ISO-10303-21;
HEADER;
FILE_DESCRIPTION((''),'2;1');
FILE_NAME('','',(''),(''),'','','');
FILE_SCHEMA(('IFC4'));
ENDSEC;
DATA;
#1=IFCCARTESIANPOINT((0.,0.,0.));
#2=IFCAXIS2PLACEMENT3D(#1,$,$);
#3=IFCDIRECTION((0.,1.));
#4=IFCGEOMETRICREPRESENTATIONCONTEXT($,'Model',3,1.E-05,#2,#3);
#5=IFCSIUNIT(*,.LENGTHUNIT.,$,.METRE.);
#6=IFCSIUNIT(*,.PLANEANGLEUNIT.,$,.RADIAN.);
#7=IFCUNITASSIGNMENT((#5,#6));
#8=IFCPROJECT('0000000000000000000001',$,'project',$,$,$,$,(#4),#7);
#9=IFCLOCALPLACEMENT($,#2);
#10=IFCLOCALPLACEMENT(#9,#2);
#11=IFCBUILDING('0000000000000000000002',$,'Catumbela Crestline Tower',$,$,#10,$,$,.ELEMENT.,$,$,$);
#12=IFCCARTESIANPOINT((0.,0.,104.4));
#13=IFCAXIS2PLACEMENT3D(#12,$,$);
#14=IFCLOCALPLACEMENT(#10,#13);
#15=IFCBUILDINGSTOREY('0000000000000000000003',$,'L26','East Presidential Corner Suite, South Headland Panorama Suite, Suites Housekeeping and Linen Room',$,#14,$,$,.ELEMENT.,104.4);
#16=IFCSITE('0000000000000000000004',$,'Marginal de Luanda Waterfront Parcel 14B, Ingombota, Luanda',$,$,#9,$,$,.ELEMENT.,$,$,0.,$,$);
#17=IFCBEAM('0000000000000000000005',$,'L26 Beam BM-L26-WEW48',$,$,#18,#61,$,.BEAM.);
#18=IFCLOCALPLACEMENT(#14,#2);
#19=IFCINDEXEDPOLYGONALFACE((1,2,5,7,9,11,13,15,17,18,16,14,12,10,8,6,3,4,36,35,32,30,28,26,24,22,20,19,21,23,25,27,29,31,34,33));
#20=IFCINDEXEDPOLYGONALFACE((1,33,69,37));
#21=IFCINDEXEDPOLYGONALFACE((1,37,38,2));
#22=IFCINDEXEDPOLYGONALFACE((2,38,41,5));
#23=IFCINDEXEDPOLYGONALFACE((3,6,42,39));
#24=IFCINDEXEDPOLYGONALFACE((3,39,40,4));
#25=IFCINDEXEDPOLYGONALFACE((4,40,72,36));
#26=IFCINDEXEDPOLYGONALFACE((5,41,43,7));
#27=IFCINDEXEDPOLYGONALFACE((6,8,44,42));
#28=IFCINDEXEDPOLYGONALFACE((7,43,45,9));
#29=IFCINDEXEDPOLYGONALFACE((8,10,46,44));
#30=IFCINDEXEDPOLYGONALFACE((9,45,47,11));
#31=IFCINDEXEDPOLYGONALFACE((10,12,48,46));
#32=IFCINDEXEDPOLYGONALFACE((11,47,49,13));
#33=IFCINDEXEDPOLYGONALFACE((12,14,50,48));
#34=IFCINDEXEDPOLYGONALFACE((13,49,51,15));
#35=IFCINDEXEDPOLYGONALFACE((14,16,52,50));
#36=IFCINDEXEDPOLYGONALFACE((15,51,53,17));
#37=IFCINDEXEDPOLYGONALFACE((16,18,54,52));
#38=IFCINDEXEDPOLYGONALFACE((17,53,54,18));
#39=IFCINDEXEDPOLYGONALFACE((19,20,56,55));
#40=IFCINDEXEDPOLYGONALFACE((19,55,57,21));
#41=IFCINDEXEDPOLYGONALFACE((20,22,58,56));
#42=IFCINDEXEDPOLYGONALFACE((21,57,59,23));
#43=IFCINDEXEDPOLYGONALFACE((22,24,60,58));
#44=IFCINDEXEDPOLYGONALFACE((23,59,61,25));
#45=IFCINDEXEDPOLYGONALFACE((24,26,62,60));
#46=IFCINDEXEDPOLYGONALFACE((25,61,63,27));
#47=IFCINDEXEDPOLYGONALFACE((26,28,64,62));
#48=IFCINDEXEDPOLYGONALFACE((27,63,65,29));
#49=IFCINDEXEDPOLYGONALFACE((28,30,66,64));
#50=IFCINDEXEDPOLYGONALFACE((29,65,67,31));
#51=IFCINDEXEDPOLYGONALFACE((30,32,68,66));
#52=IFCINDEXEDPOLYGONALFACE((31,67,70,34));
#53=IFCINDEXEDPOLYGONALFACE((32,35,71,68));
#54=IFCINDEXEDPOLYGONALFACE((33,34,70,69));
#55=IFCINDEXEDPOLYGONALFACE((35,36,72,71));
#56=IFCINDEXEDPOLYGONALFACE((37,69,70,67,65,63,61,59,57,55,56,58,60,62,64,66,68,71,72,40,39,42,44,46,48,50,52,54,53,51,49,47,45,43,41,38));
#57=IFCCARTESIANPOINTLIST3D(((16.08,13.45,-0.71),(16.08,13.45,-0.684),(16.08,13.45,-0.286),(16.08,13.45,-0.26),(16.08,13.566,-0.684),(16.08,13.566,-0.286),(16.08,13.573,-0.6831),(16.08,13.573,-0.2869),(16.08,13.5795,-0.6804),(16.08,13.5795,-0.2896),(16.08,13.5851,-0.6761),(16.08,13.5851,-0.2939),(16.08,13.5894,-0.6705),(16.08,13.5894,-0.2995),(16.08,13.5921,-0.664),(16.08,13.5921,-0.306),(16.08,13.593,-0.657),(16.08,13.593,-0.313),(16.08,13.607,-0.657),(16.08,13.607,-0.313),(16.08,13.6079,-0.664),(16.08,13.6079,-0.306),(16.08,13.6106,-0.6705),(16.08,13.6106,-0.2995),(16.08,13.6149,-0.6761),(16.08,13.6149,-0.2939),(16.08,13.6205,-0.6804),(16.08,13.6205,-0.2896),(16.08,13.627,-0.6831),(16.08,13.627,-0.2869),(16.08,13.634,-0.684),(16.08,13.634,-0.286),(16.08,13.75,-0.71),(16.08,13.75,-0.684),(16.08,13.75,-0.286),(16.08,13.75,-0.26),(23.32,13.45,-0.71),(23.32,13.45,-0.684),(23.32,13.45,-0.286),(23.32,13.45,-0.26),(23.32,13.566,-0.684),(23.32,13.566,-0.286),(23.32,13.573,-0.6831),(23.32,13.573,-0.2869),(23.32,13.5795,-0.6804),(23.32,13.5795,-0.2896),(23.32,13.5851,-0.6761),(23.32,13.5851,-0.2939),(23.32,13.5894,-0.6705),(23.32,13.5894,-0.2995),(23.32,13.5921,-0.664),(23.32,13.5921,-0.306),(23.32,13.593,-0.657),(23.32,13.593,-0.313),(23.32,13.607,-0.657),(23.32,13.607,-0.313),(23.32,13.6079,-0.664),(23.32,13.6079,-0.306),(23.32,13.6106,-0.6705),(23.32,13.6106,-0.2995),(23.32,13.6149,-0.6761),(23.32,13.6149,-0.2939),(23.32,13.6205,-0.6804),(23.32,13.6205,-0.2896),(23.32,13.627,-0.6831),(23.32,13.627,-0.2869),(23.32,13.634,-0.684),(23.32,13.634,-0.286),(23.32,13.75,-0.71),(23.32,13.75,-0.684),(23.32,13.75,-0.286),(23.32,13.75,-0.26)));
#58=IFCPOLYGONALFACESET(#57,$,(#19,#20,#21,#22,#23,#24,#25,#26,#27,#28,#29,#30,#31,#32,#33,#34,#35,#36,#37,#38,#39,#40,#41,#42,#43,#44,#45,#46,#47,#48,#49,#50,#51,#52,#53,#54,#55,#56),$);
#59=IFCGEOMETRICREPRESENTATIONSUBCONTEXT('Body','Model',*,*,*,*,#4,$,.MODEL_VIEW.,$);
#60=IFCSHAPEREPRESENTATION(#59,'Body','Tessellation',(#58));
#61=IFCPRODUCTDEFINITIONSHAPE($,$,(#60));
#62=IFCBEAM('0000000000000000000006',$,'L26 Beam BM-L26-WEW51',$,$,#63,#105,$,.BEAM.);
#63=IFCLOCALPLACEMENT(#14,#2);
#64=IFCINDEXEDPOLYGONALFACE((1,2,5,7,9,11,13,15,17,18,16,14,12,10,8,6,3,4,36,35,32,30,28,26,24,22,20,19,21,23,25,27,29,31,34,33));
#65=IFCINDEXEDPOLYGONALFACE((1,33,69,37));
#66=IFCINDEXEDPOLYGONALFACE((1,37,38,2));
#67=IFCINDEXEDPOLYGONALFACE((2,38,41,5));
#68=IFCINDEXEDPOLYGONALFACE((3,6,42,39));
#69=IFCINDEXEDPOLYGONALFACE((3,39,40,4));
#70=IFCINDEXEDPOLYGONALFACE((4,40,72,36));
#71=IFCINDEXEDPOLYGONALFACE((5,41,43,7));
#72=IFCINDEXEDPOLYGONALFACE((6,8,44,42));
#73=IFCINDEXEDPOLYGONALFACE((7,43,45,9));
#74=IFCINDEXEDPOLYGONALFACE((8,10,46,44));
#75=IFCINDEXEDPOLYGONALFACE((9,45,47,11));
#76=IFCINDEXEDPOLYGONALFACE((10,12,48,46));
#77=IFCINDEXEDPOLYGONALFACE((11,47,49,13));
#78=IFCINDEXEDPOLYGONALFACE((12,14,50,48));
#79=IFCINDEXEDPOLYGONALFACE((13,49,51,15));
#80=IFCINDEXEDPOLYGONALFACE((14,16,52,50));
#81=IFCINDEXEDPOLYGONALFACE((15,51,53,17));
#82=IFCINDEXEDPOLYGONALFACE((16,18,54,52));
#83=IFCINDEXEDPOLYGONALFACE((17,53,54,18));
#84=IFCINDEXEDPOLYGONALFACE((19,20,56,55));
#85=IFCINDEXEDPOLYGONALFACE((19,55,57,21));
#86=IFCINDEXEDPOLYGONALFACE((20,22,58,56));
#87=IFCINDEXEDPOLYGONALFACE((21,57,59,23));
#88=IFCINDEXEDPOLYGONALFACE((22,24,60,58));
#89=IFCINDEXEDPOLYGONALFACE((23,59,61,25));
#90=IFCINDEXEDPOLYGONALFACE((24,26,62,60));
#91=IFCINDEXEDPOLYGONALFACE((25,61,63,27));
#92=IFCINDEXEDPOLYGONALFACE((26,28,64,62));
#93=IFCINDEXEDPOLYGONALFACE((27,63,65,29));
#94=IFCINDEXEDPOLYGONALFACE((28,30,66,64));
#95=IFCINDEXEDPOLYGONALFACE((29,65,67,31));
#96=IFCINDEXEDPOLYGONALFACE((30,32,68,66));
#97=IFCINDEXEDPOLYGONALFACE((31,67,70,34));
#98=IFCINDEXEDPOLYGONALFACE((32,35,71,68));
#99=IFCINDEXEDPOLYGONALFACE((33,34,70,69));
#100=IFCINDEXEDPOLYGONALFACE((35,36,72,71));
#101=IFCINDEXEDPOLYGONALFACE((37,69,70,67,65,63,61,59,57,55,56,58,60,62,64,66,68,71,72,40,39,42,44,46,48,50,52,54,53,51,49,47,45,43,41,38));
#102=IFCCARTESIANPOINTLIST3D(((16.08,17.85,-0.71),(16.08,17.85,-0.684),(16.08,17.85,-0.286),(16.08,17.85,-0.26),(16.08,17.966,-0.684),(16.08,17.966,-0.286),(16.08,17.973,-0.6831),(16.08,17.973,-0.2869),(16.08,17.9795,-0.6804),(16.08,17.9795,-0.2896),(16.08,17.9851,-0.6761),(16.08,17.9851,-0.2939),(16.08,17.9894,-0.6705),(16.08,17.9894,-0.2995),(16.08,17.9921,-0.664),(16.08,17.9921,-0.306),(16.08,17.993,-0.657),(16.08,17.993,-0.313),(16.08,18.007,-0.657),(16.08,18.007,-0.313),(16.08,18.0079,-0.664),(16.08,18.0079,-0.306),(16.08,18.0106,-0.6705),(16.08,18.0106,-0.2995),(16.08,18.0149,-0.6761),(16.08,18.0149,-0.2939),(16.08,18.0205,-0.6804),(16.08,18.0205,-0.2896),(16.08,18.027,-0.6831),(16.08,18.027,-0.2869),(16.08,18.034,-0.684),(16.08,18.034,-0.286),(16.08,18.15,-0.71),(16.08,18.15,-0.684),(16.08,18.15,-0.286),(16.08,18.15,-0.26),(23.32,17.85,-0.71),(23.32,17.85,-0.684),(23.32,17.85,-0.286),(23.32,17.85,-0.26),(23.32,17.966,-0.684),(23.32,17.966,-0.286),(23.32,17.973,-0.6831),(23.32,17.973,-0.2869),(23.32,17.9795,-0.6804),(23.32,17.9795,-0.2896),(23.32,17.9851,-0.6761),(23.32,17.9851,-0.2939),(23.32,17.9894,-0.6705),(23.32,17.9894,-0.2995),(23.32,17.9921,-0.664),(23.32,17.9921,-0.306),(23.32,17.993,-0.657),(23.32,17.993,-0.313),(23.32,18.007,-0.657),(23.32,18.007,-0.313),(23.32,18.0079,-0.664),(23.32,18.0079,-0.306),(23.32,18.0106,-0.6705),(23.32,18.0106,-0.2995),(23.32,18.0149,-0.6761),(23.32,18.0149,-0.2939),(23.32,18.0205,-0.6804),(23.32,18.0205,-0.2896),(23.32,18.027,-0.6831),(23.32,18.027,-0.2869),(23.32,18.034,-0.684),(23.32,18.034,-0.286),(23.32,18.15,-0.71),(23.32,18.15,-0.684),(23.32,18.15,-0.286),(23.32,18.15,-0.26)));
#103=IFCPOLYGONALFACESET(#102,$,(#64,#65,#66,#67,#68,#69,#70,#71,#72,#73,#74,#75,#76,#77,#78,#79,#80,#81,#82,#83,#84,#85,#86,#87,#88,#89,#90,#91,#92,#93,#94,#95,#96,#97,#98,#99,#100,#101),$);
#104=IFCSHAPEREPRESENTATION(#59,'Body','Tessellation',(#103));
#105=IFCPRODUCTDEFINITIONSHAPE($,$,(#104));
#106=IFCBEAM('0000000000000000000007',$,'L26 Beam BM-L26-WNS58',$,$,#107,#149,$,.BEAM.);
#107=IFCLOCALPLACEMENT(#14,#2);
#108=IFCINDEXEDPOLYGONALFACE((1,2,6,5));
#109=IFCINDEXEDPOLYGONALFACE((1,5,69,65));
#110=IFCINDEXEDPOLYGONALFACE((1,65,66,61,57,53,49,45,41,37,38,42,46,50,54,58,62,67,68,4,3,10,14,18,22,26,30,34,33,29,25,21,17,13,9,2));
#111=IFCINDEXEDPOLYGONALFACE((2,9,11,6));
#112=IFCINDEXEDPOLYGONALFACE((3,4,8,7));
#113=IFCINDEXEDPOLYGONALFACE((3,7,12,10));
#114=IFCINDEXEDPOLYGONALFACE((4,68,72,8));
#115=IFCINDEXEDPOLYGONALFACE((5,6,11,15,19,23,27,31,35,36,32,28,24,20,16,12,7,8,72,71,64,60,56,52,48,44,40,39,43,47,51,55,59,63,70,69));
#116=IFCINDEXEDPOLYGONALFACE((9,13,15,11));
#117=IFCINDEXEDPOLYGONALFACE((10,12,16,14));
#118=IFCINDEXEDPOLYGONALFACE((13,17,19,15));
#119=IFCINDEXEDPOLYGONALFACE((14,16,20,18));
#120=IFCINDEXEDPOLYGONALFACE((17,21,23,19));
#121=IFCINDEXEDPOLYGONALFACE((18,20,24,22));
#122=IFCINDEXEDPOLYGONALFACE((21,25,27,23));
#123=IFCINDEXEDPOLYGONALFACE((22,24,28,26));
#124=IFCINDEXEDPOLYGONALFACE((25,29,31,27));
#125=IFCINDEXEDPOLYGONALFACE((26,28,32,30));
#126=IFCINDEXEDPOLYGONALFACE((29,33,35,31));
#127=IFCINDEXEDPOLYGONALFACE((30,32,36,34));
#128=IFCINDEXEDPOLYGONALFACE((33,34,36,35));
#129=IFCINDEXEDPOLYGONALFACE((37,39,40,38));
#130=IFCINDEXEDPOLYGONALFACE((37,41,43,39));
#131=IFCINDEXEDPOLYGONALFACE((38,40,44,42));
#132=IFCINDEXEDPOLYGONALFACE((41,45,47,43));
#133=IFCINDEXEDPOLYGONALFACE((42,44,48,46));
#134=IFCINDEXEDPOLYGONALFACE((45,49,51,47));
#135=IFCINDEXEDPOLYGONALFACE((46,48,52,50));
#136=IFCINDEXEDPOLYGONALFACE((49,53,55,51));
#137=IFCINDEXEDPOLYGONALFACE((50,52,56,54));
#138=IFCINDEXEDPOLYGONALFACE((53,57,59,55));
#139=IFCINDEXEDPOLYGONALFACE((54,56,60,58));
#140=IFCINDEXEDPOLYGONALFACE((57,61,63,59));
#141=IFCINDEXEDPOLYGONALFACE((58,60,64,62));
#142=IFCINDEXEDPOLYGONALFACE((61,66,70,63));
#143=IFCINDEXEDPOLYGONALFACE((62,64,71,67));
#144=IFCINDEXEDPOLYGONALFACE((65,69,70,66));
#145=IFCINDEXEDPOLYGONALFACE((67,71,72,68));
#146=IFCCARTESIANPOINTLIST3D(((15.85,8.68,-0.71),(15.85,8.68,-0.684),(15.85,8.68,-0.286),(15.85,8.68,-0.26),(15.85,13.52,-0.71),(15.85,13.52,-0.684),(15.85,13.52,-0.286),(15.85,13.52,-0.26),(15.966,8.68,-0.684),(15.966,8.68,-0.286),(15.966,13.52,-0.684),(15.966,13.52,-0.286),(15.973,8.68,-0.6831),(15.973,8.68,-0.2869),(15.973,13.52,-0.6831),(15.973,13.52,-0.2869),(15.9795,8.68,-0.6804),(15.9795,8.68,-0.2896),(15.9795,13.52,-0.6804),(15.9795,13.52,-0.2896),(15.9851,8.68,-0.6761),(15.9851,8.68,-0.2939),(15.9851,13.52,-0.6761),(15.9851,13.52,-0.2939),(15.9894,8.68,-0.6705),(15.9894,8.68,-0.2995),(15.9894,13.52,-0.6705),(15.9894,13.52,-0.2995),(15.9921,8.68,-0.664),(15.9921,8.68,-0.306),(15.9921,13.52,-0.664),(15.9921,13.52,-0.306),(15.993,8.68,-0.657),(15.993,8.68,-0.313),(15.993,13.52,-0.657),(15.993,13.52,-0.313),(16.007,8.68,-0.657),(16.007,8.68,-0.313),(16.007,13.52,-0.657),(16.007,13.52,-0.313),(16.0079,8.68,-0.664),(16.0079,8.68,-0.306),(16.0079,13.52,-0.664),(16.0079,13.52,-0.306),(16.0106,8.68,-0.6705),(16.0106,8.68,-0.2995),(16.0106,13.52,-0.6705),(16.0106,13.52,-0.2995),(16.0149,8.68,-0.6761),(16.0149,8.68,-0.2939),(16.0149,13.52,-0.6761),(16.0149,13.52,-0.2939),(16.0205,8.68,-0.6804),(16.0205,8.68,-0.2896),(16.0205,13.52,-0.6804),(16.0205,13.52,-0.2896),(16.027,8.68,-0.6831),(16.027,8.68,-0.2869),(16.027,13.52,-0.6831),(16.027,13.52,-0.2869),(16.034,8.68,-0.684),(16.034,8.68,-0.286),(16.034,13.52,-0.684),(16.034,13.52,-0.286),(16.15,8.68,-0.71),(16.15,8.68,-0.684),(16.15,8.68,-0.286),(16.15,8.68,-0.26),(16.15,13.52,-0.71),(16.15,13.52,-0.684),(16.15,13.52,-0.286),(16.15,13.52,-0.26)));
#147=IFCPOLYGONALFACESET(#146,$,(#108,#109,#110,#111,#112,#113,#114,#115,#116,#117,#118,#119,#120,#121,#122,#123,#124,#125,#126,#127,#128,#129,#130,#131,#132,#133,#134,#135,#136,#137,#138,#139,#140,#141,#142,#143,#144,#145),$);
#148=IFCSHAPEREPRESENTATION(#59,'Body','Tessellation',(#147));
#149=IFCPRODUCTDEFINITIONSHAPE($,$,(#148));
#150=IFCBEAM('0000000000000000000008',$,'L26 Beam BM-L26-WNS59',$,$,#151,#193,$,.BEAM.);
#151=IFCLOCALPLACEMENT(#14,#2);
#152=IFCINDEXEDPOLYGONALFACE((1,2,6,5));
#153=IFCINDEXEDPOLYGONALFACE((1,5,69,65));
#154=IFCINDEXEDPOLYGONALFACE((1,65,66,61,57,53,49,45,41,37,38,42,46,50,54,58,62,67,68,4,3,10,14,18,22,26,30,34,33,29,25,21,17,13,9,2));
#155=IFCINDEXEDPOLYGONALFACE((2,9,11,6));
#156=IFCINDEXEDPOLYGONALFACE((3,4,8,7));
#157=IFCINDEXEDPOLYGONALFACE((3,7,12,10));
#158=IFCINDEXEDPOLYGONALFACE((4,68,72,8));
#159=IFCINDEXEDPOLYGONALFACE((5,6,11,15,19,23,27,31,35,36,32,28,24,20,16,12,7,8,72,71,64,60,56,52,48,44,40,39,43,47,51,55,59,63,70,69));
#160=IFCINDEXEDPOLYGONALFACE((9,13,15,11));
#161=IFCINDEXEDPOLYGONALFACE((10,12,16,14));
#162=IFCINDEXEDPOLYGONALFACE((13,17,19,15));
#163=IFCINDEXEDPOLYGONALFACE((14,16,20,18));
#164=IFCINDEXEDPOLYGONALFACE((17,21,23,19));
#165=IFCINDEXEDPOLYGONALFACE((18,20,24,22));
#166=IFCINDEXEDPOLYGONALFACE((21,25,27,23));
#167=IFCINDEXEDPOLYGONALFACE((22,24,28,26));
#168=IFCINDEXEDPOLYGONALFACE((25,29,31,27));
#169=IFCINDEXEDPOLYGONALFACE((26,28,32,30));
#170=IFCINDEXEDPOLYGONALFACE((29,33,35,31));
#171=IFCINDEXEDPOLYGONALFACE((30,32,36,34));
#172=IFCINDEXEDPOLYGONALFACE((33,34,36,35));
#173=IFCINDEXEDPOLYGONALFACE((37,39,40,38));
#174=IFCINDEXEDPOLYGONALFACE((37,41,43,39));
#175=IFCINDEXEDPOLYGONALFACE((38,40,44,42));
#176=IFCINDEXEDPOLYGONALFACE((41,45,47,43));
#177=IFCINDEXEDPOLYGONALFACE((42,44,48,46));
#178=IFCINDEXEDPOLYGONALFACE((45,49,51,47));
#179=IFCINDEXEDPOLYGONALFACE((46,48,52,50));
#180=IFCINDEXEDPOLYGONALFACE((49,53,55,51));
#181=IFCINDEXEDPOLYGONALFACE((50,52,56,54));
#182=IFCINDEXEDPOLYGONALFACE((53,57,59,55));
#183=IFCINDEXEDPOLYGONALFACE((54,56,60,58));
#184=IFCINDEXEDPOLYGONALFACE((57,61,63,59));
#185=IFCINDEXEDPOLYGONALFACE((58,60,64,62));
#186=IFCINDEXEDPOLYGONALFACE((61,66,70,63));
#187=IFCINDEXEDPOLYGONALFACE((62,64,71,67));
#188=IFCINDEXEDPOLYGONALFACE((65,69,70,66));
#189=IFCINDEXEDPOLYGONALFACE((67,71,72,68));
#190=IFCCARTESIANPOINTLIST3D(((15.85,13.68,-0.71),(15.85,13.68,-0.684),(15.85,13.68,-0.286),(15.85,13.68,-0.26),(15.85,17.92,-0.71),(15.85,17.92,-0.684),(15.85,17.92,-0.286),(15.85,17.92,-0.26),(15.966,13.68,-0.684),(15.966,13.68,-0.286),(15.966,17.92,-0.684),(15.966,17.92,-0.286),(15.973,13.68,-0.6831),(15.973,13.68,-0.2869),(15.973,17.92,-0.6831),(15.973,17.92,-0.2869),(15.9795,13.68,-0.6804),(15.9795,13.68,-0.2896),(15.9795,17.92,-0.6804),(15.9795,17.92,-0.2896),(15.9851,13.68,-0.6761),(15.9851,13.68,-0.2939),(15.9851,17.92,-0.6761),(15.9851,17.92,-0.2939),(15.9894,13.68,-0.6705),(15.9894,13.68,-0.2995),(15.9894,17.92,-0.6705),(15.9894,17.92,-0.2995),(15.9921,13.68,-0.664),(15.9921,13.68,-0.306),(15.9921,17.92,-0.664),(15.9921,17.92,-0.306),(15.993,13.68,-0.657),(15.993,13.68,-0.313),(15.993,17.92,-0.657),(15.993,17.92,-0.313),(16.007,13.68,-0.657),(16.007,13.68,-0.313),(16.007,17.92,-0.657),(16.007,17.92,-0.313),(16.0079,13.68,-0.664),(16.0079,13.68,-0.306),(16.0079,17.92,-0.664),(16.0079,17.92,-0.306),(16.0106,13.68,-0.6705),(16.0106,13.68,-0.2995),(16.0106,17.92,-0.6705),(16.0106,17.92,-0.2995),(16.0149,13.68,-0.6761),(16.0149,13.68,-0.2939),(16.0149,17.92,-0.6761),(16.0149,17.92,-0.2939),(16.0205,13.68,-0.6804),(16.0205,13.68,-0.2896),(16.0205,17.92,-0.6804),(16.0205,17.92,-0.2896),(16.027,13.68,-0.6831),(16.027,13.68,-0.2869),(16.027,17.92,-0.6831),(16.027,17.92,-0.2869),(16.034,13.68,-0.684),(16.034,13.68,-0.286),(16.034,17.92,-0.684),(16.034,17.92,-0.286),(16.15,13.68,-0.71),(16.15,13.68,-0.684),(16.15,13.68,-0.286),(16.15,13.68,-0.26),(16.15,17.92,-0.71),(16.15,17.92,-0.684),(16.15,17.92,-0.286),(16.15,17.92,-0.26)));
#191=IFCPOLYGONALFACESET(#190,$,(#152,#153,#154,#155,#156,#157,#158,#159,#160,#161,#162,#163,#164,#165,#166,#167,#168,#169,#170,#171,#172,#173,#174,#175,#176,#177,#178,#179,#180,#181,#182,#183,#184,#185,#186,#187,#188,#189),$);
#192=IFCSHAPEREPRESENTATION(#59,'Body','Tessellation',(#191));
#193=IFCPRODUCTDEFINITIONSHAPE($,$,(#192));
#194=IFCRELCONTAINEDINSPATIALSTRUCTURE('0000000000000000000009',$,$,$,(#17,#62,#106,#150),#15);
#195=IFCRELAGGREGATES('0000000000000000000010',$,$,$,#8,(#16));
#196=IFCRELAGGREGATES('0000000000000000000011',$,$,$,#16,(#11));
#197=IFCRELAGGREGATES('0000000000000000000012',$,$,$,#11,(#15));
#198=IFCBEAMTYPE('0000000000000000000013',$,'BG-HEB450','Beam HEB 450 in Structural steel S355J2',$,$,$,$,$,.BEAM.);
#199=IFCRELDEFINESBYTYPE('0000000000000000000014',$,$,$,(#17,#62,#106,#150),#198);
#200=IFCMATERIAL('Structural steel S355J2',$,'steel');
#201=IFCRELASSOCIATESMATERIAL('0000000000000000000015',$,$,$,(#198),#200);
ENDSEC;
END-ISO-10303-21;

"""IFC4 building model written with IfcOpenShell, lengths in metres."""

from ifc_helpers import new_model, si_unit, direction, frame, origin, origin_2d, place, context, subcontext, project, spatial, i_section, extrude, material, material_profile, profile_set, type_object, element, save


model = new_model("IFC4")

# Units and contexts
model_context = context("Model", 3, precision=1e-05, world=origin(), true_north=direction((0.0, 1.0)))
body_context = subcontext(model_context, "Body", "Model", "MODEL_VIEW")
ifc_project = project(units=[si_unit("LENGTHUNIT", "METRE"), si_unit("PLANEANGLEUNIT", "RADIAN")], contexts=[model_context])

# Site, building, storey
site_placement = place(None, origin())
site = spatial("IfcSite", under=ifc_project, at=site_placement, Name="Marginal de Luanda Waterfront Parcel 14B, Ingombota, Luanda", CompositionType="ELEMENT", RefElevation=0.0)
building_placement = place(site_placement, origin())
building = spatial("IfcBuilding", under=site, at=building_placement, Name="Catumbela Crestline Tower", CompositionType="ELEMENT")
storey_placement = place(building_placement, frame((0.0, 0.0, 104.4)))
storey = spatial("IfcBuildingStorey", under=building, at=storey_placement, Name="L26", Description="East Presidential Corner Suite, South Headland Panorama Suite, Suites Housekeeping and Linen Room", CompositionType="ELEMENT", Elevation=104.4)

# Beams
ifc_material_1 = material(Name="Structural steel S355J2", Category="steel")
ifc_material_profile_1 = material_profile(ifc_material_1, i_section(OverallWidth=0.3, OverallDepth=0.45, WebThickness=0.014, FlangeThickness=0.026, FilletRadius=0.027, at=origin_2d()), Name="HEB 450")
ifc_profile_set_1 = profile_set([ifc_material_profile_1], Name="Structural steel S355J2")
beam_type_1 = type_object("IfcBeamType", Name="BG-HEB450", Description="Beam HEB 450 in Structural steel S355J2", PredefinedType="BEAM", material=ifc_profile_set_1)
for number, where, z_axis, x_axis, name in (
    (1, (16.08, 13.6, -0.485), (1.0, 0.0, 0.0), (0.0, 1.0, 0.0), "L26 Beam BM-L26-WEW48"),
    (2, (16.08, 18.0, -0.485), (1.0, 0.0, 0.0), (0.0, 1.0, 0.0), "L26 Beam BM-L26-WEW51"),
):
    element("IfcBeam", number, at=place(storey_placement, frame(where, z_axis=z_axis, x_axis=x_axis)), inside=storey, type_object=beam_type_1, Name=name, PredefinedType="BEAM", context=body_context, shape_type="SweptSolid", body=[
        extrude(i_section(OverallWidth=0.3, OverallDepth=0.45, WebThickness=0.014, FlangeThickness=0.026, FilletRadius=0.027, at=origin_2d()), origin(), (0.0, 0.0, 1.0), 7.24),
    ])
beam_1_placement = place(storey_placement, frame((16.0, 8.68, -0.485), z_axis=(0.0, 1.0, 0.0), x_axis=(-1.0, 0.0, 0.0)))
element("IfcBeam", 3, at=beam_1_placement, inside=storey, type_object=beam_type_1, Name="L26 Beam BM-L26-WNS58", PredefinedType="BEAM", context=body_context, shape_type="SweptSolid", body=[
    extrude(i_section(OverallWidth=0.3, OverallDepth=0.45, WebThickness=0.014, FlangeThickness=0.026, FilletRadius=0.027, at=origin_2d()), origin(), (0.0, 0.0, 1.0), 4.84),
])
beam_2_placement = place(storey_placement, frame((16.0, 13.68, -0.485), z_axis=(0.0, 1.0, 0.0), x_axis=(-1.0, 0.0, 0.0)))
element("IfcBeam", 4, at=beam_2_placement, inside=storey, type_object=beam_type_1, Name="L26 Beam BM-L26-WNS59", PredefinedType="BEAM", context=body_context, shape_type="SweptSolid", body=[
    extrude(i_section(OverallWidth=0.3, OverallDepth=0.45, WebThickness=0.014, FlangeThickness=0.026, FilletRadius=0.027, at=origin_2d()), origin(), (0.0, 0.0, 1.0), 4.24),
])

save(model, "model.ifc")
